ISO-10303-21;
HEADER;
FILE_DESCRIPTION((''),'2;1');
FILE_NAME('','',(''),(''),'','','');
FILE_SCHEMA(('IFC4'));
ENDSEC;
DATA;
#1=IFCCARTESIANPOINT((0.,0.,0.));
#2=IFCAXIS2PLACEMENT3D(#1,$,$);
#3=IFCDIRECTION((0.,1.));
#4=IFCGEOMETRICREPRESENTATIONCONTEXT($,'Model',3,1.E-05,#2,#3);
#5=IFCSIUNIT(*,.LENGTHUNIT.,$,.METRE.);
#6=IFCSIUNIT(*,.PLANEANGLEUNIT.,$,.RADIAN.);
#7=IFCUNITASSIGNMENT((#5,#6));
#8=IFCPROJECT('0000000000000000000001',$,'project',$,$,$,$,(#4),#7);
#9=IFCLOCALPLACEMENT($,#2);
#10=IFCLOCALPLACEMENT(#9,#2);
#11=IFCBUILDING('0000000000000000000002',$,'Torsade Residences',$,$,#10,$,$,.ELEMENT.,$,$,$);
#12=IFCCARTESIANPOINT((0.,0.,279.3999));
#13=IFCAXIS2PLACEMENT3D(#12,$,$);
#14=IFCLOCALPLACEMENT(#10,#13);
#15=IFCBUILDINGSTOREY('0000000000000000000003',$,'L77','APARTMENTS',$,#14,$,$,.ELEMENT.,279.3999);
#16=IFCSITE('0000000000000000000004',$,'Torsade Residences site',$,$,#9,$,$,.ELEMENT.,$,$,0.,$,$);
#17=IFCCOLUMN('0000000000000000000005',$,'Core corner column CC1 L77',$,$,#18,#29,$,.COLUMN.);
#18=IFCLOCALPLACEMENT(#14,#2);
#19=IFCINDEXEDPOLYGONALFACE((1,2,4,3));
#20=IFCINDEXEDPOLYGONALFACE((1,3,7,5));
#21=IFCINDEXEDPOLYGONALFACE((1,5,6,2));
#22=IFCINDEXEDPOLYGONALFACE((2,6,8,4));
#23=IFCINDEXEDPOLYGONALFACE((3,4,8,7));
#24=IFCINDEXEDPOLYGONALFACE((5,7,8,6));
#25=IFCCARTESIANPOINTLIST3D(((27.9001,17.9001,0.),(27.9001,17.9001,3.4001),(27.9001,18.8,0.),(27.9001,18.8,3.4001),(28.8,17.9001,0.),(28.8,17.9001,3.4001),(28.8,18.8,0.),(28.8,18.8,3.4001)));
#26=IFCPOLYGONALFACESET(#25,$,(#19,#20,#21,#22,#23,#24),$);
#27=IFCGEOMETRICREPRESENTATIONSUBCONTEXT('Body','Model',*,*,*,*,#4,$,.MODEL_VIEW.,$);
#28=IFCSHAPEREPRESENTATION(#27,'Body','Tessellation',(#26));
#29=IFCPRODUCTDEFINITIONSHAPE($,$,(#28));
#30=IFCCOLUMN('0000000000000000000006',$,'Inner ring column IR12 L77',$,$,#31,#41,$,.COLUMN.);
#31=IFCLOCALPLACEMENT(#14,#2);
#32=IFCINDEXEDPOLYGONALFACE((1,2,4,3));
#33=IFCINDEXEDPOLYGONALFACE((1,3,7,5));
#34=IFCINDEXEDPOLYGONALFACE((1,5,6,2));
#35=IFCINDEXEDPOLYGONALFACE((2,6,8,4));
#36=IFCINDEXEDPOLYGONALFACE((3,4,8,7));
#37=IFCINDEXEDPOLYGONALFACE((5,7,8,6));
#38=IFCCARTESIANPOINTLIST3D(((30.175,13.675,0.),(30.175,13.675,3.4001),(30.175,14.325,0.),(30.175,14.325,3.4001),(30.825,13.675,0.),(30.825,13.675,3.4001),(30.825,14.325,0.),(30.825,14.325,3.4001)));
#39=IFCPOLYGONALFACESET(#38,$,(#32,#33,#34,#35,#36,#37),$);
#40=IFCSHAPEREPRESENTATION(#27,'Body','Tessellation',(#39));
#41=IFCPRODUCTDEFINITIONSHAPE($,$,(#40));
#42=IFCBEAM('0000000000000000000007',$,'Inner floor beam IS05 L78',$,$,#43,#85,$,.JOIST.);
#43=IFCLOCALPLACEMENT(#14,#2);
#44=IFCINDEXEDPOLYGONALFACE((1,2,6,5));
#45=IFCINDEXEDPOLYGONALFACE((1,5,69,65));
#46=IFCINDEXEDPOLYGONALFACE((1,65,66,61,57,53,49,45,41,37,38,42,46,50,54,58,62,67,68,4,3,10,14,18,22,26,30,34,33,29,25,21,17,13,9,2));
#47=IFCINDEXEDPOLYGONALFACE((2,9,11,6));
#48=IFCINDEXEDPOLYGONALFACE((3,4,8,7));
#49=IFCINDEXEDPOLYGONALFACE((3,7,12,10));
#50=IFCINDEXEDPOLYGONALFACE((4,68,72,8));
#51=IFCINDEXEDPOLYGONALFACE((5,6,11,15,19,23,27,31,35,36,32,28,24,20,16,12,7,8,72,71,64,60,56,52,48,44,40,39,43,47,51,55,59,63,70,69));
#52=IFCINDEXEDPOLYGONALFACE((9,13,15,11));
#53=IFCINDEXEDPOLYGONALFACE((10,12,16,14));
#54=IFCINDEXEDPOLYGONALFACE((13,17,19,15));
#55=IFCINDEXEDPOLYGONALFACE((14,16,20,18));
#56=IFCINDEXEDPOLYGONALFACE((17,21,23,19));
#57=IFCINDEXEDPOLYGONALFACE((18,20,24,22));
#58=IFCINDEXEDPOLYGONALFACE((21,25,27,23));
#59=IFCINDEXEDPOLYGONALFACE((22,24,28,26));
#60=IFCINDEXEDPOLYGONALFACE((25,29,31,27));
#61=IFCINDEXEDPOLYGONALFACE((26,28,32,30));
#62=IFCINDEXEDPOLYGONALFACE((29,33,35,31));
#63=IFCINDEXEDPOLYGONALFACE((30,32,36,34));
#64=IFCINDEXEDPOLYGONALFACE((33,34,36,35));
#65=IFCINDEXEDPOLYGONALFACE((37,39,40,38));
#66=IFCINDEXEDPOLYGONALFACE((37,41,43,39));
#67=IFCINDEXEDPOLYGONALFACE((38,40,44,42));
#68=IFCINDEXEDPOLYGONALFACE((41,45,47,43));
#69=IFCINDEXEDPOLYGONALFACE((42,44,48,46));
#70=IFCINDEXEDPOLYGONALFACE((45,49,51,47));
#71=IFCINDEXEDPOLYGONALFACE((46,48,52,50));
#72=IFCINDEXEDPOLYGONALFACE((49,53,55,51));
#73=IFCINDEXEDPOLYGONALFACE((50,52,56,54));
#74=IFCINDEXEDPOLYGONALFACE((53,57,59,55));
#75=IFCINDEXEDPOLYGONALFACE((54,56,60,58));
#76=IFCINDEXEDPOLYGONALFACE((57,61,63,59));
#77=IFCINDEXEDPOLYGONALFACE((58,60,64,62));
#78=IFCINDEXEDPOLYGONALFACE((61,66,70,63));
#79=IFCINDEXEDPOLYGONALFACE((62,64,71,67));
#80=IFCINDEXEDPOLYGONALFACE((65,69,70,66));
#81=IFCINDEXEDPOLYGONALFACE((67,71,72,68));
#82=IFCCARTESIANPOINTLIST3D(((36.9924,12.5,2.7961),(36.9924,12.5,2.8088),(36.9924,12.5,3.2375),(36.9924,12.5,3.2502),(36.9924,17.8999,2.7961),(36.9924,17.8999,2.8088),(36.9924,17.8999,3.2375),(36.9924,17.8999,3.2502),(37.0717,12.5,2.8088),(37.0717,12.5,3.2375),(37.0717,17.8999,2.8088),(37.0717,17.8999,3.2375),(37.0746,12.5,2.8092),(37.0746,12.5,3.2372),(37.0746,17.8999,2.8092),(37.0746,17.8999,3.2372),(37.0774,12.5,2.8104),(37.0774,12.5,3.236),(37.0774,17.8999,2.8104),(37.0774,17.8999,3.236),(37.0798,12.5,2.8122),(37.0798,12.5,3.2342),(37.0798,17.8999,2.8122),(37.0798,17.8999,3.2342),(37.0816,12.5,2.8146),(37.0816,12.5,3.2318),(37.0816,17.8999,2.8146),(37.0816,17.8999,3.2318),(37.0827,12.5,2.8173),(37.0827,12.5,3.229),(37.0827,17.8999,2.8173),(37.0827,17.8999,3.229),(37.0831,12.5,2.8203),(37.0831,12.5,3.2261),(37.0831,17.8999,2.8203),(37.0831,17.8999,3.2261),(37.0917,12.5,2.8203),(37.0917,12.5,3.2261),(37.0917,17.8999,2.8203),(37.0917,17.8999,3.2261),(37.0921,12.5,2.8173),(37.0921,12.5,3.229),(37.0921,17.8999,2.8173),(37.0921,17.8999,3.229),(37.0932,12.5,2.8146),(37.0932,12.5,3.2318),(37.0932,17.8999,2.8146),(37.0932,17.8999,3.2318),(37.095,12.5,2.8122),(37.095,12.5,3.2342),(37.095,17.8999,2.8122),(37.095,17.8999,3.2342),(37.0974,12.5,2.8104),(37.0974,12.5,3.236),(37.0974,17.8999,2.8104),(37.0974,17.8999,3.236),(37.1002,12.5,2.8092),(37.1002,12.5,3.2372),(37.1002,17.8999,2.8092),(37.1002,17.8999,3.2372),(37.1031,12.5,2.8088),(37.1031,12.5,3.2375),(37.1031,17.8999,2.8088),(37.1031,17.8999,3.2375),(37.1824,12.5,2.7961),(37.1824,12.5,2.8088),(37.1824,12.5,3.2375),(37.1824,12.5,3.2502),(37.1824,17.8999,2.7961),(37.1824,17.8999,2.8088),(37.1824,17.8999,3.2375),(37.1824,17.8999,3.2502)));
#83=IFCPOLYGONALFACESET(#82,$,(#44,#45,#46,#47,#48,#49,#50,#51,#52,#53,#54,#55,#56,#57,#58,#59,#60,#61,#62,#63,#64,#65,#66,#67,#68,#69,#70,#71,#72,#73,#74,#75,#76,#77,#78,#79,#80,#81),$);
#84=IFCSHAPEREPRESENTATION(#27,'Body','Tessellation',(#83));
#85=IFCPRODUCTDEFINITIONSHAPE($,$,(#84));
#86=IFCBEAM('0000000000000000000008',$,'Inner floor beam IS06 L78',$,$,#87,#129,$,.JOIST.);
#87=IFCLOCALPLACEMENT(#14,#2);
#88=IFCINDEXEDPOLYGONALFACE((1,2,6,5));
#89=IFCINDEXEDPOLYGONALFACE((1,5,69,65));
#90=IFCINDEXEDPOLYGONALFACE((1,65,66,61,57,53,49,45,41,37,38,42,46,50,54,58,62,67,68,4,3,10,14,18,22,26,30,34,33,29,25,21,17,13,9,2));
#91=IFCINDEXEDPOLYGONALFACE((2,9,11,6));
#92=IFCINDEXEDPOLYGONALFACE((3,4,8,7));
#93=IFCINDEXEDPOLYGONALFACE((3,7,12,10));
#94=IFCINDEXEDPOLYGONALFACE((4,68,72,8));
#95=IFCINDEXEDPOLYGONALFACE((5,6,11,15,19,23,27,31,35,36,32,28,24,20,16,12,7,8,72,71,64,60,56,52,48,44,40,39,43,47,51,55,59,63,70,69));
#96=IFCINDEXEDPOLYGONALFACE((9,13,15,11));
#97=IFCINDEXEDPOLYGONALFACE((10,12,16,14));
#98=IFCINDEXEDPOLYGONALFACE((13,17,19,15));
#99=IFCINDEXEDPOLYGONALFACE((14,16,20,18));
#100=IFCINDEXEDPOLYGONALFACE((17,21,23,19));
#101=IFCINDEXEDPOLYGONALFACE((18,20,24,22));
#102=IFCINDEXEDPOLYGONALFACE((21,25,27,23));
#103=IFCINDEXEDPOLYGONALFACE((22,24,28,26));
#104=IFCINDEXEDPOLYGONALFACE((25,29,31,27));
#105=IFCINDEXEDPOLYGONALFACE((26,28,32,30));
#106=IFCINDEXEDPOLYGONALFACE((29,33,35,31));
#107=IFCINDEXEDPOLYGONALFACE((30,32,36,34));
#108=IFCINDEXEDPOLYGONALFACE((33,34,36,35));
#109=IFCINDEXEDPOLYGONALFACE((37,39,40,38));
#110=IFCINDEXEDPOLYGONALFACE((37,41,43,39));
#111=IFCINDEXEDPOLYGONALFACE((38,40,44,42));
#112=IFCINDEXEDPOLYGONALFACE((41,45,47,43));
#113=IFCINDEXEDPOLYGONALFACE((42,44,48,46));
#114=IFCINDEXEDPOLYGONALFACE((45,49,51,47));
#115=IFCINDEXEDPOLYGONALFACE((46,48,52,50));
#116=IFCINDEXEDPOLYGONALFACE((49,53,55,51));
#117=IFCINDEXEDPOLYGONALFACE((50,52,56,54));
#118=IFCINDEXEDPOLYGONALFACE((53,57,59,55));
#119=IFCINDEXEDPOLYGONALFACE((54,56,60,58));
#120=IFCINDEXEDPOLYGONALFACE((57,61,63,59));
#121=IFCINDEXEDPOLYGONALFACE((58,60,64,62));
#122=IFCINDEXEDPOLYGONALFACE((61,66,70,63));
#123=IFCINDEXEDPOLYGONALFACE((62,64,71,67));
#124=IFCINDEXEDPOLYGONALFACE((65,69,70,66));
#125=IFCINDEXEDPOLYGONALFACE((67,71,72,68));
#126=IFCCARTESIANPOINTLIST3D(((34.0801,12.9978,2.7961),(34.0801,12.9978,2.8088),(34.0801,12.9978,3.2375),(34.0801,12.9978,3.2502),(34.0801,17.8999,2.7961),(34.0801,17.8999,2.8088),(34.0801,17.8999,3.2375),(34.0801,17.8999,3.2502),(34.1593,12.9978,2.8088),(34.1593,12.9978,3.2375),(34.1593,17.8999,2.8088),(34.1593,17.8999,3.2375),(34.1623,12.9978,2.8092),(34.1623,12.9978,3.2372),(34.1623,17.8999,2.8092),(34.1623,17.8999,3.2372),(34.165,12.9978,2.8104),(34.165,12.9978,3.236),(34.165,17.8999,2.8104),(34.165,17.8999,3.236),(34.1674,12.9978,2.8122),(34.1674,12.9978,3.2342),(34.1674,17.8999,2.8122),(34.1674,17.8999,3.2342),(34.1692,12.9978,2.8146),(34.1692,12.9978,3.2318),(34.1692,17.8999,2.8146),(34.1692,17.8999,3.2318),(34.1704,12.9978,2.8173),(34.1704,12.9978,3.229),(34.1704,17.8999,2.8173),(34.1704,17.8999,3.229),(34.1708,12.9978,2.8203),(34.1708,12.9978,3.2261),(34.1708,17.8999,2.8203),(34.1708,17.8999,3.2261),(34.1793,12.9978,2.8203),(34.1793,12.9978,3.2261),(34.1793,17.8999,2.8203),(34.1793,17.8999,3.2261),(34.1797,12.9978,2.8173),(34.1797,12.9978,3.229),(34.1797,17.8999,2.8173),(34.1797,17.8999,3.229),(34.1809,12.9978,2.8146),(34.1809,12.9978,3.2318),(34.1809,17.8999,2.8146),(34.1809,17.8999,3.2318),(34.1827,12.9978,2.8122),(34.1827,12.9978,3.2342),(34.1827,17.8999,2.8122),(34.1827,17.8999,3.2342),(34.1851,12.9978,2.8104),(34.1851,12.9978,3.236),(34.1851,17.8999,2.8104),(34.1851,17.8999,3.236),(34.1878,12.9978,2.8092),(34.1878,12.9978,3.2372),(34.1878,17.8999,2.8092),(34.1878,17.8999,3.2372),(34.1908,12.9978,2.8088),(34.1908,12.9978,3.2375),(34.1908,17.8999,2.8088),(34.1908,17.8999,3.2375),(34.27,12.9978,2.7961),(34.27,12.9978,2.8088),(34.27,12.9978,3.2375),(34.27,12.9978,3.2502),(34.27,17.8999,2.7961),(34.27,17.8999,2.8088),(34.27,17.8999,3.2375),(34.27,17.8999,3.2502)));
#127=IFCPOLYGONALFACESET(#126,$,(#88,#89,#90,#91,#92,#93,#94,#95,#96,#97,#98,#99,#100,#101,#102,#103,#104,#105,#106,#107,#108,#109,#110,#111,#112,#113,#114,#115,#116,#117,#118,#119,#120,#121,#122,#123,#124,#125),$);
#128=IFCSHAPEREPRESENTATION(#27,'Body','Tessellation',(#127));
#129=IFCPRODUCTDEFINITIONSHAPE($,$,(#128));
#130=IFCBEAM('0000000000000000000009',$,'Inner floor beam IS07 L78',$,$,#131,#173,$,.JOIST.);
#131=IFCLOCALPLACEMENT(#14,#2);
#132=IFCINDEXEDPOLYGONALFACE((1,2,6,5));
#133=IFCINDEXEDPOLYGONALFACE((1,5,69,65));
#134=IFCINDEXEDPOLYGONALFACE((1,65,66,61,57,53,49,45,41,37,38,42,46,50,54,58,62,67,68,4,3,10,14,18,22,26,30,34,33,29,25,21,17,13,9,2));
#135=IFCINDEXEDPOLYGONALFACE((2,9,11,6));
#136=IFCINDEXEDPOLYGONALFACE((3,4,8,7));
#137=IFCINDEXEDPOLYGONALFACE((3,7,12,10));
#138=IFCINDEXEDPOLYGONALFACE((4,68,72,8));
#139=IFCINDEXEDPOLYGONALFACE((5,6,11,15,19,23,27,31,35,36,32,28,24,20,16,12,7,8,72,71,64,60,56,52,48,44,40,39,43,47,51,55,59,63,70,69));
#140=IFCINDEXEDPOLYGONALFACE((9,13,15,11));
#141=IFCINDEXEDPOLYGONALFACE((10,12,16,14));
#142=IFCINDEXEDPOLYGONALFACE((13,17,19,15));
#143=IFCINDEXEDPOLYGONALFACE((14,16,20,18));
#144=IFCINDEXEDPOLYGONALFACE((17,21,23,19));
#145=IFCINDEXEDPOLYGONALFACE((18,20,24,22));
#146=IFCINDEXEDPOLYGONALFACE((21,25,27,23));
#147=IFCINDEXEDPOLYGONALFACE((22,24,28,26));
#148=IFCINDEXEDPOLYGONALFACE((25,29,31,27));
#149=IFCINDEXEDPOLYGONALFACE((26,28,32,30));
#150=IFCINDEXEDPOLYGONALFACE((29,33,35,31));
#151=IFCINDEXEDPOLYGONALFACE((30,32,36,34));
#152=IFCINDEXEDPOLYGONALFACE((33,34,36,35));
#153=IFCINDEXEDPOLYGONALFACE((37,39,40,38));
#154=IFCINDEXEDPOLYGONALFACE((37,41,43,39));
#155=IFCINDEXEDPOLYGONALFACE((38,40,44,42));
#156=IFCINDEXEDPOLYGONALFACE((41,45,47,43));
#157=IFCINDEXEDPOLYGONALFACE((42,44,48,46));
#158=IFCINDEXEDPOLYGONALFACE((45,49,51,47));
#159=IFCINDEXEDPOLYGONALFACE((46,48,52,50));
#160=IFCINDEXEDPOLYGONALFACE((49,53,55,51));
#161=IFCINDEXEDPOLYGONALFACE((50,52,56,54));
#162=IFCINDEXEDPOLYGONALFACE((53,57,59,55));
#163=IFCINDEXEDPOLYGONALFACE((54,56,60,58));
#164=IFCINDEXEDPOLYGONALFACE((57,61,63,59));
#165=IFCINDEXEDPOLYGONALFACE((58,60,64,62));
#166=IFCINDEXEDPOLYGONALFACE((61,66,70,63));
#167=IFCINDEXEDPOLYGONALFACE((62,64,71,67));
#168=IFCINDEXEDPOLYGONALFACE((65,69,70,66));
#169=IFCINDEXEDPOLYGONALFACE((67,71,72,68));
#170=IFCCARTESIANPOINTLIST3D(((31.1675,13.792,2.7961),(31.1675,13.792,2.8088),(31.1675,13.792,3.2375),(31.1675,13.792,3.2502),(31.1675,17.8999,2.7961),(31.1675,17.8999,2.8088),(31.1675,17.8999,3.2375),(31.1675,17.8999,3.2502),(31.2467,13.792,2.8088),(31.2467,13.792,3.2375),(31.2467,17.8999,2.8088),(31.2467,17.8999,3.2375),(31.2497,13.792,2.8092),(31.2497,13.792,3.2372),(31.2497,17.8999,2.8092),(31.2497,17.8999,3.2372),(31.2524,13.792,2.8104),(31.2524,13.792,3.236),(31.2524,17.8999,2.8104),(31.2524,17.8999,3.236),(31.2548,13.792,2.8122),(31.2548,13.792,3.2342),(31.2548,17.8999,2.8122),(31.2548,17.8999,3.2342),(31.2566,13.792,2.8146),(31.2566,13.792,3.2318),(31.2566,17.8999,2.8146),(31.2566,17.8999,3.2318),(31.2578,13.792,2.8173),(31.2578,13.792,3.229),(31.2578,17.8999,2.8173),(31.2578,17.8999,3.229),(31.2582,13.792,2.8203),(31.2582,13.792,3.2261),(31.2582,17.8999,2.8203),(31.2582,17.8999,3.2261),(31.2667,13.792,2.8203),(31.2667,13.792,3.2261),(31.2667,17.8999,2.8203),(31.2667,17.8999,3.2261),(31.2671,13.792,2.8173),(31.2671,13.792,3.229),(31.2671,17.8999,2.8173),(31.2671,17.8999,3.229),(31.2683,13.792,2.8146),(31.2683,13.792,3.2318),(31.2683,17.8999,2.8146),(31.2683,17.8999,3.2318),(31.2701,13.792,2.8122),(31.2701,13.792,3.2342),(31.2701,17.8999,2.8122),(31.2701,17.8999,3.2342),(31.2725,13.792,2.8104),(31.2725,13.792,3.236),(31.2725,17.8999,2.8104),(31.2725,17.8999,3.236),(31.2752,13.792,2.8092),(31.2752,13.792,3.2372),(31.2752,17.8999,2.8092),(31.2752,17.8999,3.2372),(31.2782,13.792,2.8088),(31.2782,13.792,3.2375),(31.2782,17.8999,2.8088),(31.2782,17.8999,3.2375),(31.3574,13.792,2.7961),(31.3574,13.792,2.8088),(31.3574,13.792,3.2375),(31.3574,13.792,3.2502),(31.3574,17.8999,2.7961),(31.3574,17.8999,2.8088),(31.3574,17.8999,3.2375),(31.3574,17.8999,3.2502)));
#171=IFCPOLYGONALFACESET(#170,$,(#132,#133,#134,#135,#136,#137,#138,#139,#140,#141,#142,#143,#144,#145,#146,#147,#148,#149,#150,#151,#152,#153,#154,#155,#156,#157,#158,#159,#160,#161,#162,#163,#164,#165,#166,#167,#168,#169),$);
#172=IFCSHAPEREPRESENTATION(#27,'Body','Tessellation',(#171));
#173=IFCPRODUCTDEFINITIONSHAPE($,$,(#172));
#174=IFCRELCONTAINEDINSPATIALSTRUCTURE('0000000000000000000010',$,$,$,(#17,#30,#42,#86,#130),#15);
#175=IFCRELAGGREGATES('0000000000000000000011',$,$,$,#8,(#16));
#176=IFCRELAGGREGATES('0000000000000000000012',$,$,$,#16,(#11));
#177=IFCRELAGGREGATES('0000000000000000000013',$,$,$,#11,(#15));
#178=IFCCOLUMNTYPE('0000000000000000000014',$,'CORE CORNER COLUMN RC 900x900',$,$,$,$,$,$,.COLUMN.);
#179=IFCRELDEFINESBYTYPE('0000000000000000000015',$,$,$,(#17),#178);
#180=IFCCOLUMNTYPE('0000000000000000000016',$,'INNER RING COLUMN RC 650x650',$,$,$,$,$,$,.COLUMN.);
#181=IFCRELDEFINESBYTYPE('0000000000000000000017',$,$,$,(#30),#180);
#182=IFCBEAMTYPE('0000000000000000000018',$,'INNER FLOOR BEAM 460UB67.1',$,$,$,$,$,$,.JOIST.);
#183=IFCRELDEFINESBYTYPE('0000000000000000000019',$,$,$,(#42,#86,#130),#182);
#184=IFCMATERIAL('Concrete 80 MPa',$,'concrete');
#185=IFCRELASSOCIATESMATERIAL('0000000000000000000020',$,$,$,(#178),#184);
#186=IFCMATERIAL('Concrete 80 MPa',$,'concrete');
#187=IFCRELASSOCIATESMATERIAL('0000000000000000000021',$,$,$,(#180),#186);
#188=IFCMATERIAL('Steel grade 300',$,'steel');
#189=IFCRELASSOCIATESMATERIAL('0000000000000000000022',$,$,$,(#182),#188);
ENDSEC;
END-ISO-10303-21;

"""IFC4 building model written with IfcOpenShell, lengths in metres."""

from ifc_helpers import new_model, si_unit, direction, frame, origin, origin_2d, place, context, subcontext, project, spatial, rectangle, i_section, extrude, material, material_profile, profile_set, type_object, element, save


model = new_model("IFC4")

# Units and contexts
model_context = context("Model", 3, precision=1e-05, world=origin(), true_north=direction((0.0, 1.0)))
body_context = subcontext(model_context, "Body", "Model", "MODEL_VIEW")
ifc_project = project(units=[si_unit("LENGTHUNIT", "METRE"), si_unit("PLANEANGLEUNIT", "RADIAN")], contexts=[model_context])

# Site, building, storey
site_placement = place(None, origin())
site = spatial("IfcSite", under=ifc_project, at=site_placement, Name="Torsade Residences site", CompositionType="ELEMENT", RefElevation=0.0)
building_placement = place(site_placement, origin())
building = spatial("IfcBuilding", under=site, at=building_placement, Name="Torsade Residences", CompositionType="ELEMENT")
storey_placement = place(building_placement, frame((0.0, 0.0, 279.3999)))
storey = spatial("IfcBuildingStorey", under=building, at=storey_placement, Name="L77", Description="APARTMENTS", CompositionType="ELEMENT", Elevation=279.3999)

# Columns
ifc_material_1 = material(Name="Concrete 80 MPa", Category="concrete")
ifc_material_profile_1 = material_profile(ifc_material_1, rectangle(XDim=0.8999, YDim=0.8999, at=origin_2d()), Name="RC 900x900")
ifc_profile_set_1 = profile_set([ifc_material_profile_1], Name="Concrete 80 MPa")
column_type_1 = type_object("IfcColumnType", Name="CORE CORNER COLUMN RC 900x900", PredefinedType="COLUMN", material=ifc_profile_set_1)
column_1_placement = place(storey_placement, frame((28.3501, 18.3501, 0.0), z_axis=(0.0, 0.0, 1.0), x_axis=(1.0, 0.0, 0.0)))
element("IfcColumn", 1, at=column_1_placement, inside=storey, type_object=column_type_1, Name="Core corner column CC1 L77", PredefinedType="COLUMN", context=body_context, shape_type="SweptSolid", body=[
    extrude(rectangle(XDim=0.8999, YDim=0.8999, at=origin_2d()), origin(), (0.0, 0.0, 1.0), 3.4001),
])
ifc_material_2 = material(Name="Concrete 80 MPa", Category="concrete")
ifc_material_profile_2 = material_profile(ifc_material_2, rectangle(XDim=0.6499, YDim=0.6499, at=origin_2d()), Name="RC 650x650")
ifc_profile_set_2 = profile_set([ifc_material_profile_2], Name="Concrete 80 MPa")
column_type_2 = type_object("IfcColumnType", Name="INNER RING COLUMN RC 650x650", PredefinedType="COLUMN", material=ifc_profile_set_2)
column_2_placement = place(storey_placement, frame((30.5, 14.0, 0.0), z_axis=(0.0, 0.0, 1.0), x_axis=(1.0, 0.0, 0.0)))
element("IfcColumn", 2, at=column_2_placement, inside=storey, type_object=column_type_2, Name="Inner ring column IR12 L77", PredefinedType="COLUMN", context=body_context, shape_type="SweptSolid", body=[
    extrude(rectangle(XDim=0.6499, YDim=0.6499, at=origin_2d()), origin(), (0.0, 0.0, 1.0), 3.4001),
])

# Beams
ifc_material_3 = material(Name="Steel grade 300", Category="steel")
ifc_material_profile_3 = material_profile(ifc_material_3, i_section(OverallWidth=0.1899, OverallDepth=0.4541, WebThickness=0.0085, FlangeThickness=0.0127, FilletRadius=0.0115, at=origin_2d()), Name="460UB67.1")
ifc_profile_set_3 = profile_set([ifc_material_profile_3], Name="Steel grade 300")
beam_type_1 = type_object("IfcBeamType", Name="INNER FLOOR BEAM 460UB67.1", PredefinedType="JOIST", material=ifc_profile_set_3)
beam_1_placement = place(storey_placement, frame((37.0874, 17.8999, 3.0232), z_axis=(0.0, -1.0, 0.0), x_axis=(1.0, 0.0, 0.0)))
element("IfcBeam", 3, at=beam_1_placement, inside=storey, type_object=beam_type_1, Name="Inner floor beam IS05 L78", PredefinedType="JOIST", context=body_context, shape_type="SweptSolid", body=[
    extrude(i_section(OverallWidth=0.1899, OverallDepth=0.4541, WebThickness=0.0085, FlangeThickness=0.0127, FilletRadius=0.0115, at=origin_2d()), origin(), (0.0, 0.0, 1.0), 5.3999),
])
beam_2_placement = place(storey_placement, frame((34.175, 17.8999, 3.0232), z_axis=(0.0, -1.0, 0.0), x_axis=(1.0, 0.0, 0.0)))
element("IfcBeam", 4, at=beam_2_placement, inside=storey, type_object=beam_type_1, Name="Inner floor beam IS06 L78", PredefinedType="JOIST", context=body_context, shape_type="SweptSolid", body=[
    extrude(i_section(OverallWidth=0.1899, OverallDepth=0.4541, WebThickness=0.0085, FlangeThickness=0.0127, FilletRadius=0.0115, at=origin_2d()), origin(), (0.0, 0.0, 1.0), 4.9021),
])
beam_3_placement = place(storey_placement, frame((31.2625, 17.8999, 3.0232), z_axis=(0.0, -1.0, 0.0), x_axis=(1.0, 0.0, 0.0)))
element("IfcBeam", 5, at=beam_3_placement, inside=storey, type_object=beam_type_1, Name="Inner floor beam IS07 L78", PredefinedType="JOIST", context=body_context, shape_type="SweptSolid", body=[
    extrude(i_section(OverallWidth=0.1899, OverallDepth=0.4541, WebThickness=0.0085, FlangeThickness=0.0127, FilletRadius=0.0115, at=origin_2d()), origin(), (0.0, 0.0, 1.0), 4.1079),
])

save(model, "model.ifc")
